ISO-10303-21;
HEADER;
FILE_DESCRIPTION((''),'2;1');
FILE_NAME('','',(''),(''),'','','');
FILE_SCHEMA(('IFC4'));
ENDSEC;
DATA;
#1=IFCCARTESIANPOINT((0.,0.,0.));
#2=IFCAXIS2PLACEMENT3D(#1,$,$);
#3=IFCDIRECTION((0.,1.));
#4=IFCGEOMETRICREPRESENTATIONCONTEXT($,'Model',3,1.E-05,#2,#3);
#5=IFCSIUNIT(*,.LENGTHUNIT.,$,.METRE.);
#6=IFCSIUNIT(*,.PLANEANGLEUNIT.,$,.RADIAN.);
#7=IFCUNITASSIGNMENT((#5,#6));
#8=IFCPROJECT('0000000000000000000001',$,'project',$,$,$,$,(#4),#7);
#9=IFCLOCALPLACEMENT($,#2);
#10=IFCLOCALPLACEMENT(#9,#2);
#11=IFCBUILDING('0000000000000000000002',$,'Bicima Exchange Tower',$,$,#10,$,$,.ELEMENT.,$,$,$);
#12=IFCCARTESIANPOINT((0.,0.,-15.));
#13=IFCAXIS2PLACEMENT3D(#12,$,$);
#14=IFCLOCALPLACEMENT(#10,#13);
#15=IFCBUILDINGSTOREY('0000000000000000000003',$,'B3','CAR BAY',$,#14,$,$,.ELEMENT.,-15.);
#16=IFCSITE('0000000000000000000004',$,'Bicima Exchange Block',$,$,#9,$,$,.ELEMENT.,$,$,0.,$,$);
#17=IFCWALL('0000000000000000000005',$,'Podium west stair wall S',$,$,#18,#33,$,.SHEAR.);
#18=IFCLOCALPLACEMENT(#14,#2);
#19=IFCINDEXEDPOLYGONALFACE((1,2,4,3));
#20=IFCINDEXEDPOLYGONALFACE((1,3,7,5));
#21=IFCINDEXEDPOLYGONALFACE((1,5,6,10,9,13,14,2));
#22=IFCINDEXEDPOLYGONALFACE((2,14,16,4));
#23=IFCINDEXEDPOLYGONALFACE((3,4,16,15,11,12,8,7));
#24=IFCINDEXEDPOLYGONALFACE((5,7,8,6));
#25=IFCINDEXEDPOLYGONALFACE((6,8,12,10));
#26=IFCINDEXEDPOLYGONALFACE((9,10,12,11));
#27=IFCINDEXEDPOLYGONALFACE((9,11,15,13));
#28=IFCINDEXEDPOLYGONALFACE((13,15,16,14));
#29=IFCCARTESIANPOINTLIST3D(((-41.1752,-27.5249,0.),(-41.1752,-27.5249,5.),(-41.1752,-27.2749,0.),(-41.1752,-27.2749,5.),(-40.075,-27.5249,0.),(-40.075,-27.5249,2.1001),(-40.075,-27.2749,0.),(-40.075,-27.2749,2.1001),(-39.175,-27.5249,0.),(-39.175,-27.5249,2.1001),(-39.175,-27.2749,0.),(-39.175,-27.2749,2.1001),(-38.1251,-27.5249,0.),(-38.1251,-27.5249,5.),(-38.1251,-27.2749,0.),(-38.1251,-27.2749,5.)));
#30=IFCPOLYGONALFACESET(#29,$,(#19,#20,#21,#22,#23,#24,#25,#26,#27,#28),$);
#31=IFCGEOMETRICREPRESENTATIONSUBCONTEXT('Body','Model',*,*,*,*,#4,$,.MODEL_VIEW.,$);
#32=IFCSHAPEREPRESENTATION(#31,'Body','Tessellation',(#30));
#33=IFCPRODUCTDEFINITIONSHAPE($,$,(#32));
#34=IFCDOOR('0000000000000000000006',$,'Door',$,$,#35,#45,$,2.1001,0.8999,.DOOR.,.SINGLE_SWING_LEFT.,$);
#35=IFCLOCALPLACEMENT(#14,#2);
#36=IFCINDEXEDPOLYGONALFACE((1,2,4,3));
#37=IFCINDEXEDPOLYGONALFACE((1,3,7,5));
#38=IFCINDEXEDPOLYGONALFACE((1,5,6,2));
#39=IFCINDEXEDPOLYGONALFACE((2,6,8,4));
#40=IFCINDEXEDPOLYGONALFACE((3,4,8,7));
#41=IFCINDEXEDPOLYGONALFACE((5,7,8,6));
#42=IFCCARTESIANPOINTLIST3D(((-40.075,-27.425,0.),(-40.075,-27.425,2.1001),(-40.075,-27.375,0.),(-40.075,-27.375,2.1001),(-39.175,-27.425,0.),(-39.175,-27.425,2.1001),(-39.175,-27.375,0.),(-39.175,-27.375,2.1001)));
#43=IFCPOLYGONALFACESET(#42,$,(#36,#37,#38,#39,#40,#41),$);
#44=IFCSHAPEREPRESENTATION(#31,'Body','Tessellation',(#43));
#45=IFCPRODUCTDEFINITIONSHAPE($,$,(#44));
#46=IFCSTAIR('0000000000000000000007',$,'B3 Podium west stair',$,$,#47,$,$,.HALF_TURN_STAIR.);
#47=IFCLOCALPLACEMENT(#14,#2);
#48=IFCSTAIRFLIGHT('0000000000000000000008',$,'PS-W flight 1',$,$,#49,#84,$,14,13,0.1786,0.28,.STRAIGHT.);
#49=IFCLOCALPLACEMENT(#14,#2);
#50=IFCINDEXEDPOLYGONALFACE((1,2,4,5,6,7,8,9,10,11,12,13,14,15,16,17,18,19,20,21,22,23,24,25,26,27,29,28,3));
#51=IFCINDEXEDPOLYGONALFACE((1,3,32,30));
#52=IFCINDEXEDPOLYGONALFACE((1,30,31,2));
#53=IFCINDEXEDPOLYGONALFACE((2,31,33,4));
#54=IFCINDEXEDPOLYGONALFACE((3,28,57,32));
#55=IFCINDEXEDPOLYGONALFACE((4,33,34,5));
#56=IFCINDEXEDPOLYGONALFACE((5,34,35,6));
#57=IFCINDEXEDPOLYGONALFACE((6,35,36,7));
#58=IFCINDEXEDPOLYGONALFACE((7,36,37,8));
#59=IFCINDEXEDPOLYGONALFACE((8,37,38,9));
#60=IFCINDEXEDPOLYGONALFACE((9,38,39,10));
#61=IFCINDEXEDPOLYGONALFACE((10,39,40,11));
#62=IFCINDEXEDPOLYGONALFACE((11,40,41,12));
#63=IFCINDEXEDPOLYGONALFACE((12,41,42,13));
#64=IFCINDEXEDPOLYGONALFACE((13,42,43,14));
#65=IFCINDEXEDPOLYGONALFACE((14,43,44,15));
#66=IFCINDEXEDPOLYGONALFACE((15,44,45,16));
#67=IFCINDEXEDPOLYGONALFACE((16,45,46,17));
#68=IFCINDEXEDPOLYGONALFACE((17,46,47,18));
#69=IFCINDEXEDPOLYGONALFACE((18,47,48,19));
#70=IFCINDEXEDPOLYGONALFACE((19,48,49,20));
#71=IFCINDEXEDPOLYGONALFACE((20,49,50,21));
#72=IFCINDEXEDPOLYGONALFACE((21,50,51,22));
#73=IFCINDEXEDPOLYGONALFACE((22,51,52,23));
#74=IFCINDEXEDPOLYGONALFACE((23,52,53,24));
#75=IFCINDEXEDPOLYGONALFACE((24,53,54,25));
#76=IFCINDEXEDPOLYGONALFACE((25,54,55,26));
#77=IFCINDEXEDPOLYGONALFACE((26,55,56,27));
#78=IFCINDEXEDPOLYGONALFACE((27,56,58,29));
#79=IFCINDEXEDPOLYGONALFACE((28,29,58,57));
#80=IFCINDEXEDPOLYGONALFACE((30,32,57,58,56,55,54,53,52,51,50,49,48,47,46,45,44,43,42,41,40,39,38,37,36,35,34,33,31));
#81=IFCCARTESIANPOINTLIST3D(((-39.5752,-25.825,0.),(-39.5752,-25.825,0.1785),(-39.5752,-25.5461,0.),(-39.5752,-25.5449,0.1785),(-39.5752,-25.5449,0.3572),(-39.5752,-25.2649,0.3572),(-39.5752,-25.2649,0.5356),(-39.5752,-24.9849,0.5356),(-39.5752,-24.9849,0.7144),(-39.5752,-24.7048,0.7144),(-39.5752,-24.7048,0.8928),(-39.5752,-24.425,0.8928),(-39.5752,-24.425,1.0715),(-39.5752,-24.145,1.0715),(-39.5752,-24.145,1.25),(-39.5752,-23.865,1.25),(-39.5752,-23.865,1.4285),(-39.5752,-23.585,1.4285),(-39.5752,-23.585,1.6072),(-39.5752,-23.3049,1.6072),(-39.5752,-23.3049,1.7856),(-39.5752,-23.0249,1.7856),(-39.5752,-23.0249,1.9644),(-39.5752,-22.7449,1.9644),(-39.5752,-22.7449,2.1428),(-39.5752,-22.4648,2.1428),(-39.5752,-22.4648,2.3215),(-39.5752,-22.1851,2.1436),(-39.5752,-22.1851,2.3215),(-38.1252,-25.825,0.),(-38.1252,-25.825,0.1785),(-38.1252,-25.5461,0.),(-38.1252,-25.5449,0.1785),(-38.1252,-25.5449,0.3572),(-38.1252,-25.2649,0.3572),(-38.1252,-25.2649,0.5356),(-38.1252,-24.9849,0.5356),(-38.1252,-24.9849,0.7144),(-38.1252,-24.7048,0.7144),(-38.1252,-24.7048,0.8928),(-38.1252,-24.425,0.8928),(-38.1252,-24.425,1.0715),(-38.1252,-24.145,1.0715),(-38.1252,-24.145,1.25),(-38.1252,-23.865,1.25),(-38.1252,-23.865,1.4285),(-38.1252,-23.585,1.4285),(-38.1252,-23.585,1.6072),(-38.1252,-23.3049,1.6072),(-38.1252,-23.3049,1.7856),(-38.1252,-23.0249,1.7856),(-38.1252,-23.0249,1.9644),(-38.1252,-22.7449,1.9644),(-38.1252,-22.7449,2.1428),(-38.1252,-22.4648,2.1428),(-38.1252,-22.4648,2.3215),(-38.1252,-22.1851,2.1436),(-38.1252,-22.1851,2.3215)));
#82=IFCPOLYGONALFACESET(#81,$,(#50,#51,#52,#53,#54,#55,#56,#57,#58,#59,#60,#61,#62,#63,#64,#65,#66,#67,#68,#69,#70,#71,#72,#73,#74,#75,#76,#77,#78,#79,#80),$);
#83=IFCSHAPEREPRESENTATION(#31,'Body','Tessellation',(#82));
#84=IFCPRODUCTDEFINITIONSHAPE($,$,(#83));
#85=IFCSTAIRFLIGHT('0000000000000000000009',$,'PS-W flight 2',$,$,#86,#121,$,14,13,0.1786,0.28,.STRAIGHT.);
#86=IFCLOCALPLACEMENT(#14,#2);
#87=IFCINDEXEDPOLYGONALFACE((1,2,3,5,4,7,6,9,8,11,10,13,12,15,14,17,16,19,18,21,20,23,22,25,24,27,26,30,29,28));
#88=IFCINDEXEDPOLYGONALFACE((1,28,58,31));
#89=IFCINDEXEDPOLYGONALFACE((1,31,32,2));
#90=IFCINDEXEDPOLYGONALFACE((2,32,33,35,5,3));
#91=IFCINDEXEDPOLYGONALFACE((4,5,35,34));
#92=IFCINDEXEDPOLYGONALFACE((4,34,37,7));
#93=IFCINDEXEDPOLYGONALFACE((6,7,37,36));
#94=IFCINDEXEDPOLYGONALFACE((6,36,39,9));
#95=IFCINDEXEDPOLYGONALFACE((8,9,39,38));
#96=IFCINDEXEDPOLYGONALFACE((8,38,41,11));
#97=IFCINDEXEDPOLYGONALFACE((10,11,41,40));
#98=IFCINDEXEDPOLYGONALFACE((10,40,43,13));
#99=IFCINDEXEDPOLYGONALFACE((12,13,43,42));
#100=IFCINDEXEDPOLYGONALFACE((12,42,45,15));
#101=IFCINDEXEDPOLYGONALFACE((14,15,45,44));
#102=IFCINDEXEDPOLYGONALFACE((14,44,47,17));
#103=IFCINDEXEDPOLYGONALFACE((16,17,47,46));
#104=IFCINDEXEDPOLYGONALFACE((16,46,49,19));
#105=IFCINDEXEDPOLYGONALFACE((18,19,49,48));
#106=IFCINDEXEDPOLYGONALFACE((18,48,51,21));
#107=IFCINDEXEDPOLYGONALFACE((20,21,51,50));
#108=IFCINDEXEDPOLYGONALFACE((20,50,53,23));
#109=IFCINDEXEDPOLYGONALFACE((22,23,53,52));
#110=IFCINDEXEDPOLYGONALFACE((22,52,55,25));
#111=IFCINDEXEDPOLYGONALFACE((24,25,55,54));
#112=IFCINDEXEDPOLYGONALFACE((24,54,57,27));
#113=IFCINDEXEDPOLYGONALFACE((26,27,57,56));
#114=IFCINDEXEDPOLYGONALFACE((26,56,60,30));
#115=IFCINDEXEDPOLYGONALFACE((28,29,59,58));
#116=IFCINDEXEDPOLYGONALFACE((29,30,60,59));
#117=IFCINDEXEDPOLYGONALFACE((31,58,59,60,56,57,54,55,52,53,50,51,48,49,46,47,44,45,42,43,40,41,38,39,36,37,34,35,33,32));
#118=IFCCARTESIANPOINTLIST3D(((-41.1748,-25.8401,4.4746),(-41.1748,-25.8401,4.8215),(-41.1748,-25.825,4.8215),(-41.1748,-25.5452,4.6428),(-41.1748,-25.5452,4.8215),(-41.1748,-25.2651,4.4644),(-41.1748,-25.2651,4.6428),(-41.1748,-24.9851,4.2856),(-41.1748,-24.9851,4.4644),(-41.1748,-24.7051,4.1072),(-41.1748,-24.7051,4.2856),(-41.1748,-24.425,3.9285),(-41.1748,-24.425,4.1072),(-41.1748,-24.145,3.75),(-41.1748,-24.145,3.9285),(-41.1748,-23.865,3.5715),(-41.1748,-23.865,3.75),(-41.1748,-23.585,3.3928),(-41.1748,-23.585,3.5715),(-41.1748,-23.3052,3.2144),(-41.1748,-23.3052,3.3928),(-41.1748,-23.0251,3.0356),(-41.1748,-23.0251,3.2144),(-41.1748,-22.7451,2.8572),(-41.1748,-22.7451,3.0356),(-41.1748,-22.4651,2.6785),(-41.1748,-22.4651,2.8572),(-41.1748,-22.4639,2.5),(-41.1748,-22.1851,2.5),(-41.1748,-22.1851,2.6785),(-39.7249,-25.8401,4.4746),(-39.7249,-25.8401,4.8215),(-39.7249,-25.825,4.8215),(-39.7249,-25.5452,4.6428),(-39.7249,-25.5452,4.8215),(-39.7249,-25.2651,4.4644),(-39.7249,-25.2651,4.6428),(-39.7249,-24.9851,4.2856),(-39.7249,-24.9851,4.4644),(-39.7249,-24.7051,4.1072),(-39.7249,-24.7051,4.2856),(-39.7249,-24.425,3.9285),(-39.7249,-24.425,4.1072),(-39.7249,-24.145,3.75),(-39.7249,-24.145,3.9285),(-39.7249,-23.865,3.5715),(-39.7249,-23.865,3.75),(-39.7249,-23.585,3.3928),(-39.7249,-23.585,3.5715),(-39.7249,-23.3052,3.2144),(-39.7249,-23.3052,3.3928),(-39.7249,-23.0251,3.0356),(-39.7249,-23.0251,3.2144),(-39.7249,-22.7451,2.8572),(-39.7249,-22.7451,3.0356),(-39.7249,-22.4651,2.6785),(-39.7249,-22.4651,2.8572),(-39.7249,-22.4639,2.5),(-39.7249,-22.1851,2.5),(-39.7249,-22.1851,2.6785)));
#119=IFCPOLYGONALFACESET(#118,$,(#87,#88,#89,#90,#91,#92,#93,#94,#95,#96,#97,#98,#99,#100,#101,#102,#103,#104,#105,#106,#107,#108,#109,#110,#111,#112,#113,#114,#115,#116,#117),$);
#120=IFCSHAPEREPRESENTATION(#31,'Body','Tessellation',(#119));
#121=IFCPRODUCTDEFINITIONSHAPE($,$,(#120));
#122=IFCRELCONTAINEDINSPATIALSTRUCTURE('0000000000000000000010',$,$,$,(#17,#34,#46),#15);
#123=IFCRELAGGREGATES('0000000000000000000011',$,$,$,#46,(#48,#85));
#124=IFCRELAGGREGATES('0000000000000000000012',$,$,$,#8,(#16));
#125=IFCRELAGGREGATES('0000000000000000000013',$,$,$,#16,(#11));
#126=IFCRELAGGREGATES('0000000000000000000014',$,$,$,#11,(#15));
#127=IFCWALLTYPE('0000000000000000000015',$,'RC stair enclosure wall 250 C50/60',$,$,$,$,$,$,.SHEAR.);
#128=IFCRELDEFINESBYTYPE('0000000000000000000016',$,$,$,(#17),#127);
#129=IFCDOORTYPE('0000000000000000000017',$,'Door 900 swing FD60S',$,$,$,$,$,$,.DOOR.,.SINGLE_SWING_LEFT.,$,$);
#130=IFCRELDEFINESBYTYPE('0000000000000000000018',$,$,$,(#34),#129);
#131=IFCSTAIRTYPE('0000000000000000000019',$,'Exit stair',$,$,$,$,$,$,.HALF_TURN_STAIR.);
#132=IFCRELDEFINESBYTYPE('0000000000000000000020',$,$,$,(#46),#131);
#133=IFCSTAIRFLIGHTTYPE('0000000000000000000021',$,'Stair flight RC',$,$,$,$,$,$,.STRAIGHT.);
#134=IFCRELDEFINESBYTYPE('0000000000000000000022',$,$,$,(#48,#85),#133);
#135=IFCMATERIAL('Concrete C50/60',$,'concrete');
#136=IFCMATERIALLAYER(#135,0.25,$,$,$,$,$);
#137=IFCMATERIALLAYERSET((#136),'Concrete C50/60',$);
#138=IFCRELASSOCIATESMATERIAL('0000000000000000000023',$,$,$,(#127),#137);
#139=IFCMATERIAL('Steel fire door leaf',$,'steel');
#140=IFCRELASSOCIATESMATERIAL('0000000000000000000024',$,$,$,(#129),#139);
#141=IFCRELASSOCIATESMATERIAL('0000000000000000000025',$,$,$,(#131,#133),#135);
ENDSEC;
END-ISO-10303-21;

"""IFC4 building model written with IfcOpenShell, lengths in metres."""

from ifc_helpers import new_model, si_unit, direction, frame, frame_2d, origin, place, context, subcontext, project, spatial, polyline, rectangle, outline, extrude, material, layer, layer_set, type_object, element, fill, aggregate, save


model = new_model("IFC4")

# Units and contexts
model_context = context("Model", 3, precision=1e-05, world=origin(), true_north=direction((0.0, 1.0)))
body_context = subcontext(model_context, "Body", "Model", "MODEL_VIEW")
ifc_project = project(units=[si_unit("LENGTHUNIT", "METRE"), si_unit("PLANEANGLEUNIT", "RADIAN")], contexts=[model_context])

# Site, building, storey
site_placement = place(None, origin())
site = spatial("IfcSite", under=ifc_project, at=site_placement, Name="Bicima Exchange Block", CompositionType="ELEMENT", RefElevation=0.0)
building_placement = place(site_placement, origin())
building = spatial("IfcBuilding", under=site, at=building_placement, Name="Bicima Exchange Tower", CompositionType="ELEMENT")
storey_placement = place(building_placement, frame((0.0, 0.0, -15.0)))
storey = spatial("IfcBuildingStorey", under=building, at=storey_placement, Name="B3", Description="CAR BAY", CompositionType="ELEMENT", Elevation=-15.0)

# Shared definitions
ifc_material_1 = material(Name="Steel fire door leaf", Category="steel")

# Shared definitions
ifc_material_2 = material(Name="Concrete C50/60", Category="concrete")
ifc_layer_1 = layer(ifc_material_2, 0.25)
ifc_layer_set_1 = layer_set([ifc_layer_1], Name="Concrete C50/60")
wall_type_1 = type_object("IfcWallType", Name="RC stair enclosure wall 250 C50/60", PredefinedType="SHEAR", material=ifc_layer_set_1)

# Wall, opening, door
wall_1_placement = place(storey_placement, frame((-41.175, -27.3999, 0.0), z_axis=(0.0, 0.0, 1.0), x_axis=(1.0, 0.0, 0.0)))
wall_1 = element("IfcWall", 1, at=wall_1_placement, inside=storey, type_object=wall_type_1, Name="Podium west stair wall S", PredefinedType="SHEAR", context=body_context, shape_type="SweptSolid", body=[
    extrude(rectangle(XDim=3.05, YDim=0.25, at=frame_2d((1.5249, 0.0))), origin(), (0.0, 0.0, 1.0), 5.0),
])
opening_1_placement = place(wall_1_placement, frame((1.1001, 0.0, 0.0)))
opening_1 = element("IfcOpeningElement", 2, at=opening_1_placement, cuts=wall_1, PredefinedType="OPENING", context=body_context, shape_type="SweptSolid", body=[
    extrude(rectangle(XDim=0.8999, YDim=2.1001, at=frame_2d((0.45, 1.05))), frame((0.0, 0.137, 0.0), z_axis=(0.0, -1.0, 0.0), x_axis=(1.0, 0.0, 0.0)), (0.0, 0.0, 1.0), 0.2739),
])
door_type_1 = type_object("IfcDoorType", Name="Door 900 swing FD60S", OperationType="SINGLE_SWING_LEFT", PredefinedType="DOOR", material=ifc_material_1)
door_1_placement = place(opening_1_placement, origin())
door_1 = element("IfcDoor", 3, at=door_1_placement, inside=storey, type_object=door_type_1, Name="Door", OperationType="SINGLE_SWING_LEFT", OverallHeight=2.1001, OverallWidth=0.8999, PredefinedType="DOOR", context=body_context, shape_type="SweptSolid", body=[
    extrude(rectangle(XDim=0.8999, YDim=2.1001, at=frame_2d((0.45, 1.05))), frame((0.0, 0.0249, 0.0), z_axis=(0.0, -1.0, 0.0), x_axis=(1.0, 0.0, 0.0)), (0.0, 0.0, 1.0), 0.05),
])
fill(opening_1, door_1)

# Stair, stair flights
stair_type = type_object("IfcStairType", Name="Exit stair", PredefinedType="HALF_TURN_STAIR", material=ifc_material_2)
stair_placement = place(storey_placement, origin())
stair = element("IfcStair", 4, at=stair_placement, inside=storey, type_object=stair_type, Name="B3 Podium west stair", PredefinedType="HALF_TURN_STAIR")
stair_flight_type = type_object("IfcStairFlightType", Name="Stair flight RC", PredefinedType="STRAIGHT", material=ifc_material_2)
stair_flight_1_placement = place(storey_placement, frame((-38.8501, -25.825, 0.0), z_axis=(0.0, 0.0, 1.0), x_axis=(0.0, 1.0, 0.0)))
stair_flight_1 = element("IfcStairFlight", 5, at=stair_flight_1_placement, type_object=stair_flight_type, Name="PS-W flight 1", NumberOfRisers=14, NumberOfTreads=13, PredefinedType="STRAIGHT", RiserHeight=0.1786, TreadLength=0.28, context=body_context, shape_type="SweptSolid", body=[
    extrude(outline(polyline([(0.0, 0.0), (0.0, 0.1785), (0.28, 0.1785), (0.28, 0.3572), (0.5601, 0.3572), (0.5601, 0.5356), (0.8401, 0.5356), (0.8401, 0.7144), (1.1201, 0.7144), (1.1201, 0.8928), (1.3999, 0.8928), (1.3999, 1.0715), (1.6799, 1.0715), (1.6799, 1.25), (1.96, 1.25), (1.96, 1.4285), (2.24, 1.4285), (2.24, 1.6072), (2.52, 1.6072), (2.52, 1.7856), (2.8, 1.7856), (2.8, 1.9644), (3.0801, 1.9644), (3.0801, 2.1428), (3.3601, 2.1428), (3.3601, 2.3215), (3.6399, 2.3215), (3.6399, 2.5), (3.6399, 2.1436), (0.2788, 0.0), (0.0, 0.0)])), frame((0.0, 0.7251, 0.0), z_axis=(0.0, -1.0, 0.0), x_axis=(1.0, 0.0, 0.0)), (0.0, 0.0, 1.0), 1.45),
])
stair_flight_2_placement = place(storey_placement, frame((-40.45, -22.1851, 2.5), z_axis=(0.0, 0.0, 1.0), x_axis=(0.0, -1.0, 0.0)))
stair_flight_2 = element("IfcStairFlight", 6, at=stair_flight_2_placement, type_object=stair_flight_type, Name="PS-W flight 2", NumberOfRisers=14, NumberOfTreads=13, PredefinedType="STRAIGHT", RiserHeight=0.1786, TreadLength=0.28, context=body_context, shape_type="SweptSolid", body=[
    extrude(outline(polyline([(0.0, 0.0), (0.0, 0.1785), (0.28, 0.1785), (0.28, 0.3572), (0.5601, 0.3572), (0.5601, 0.5356), (0.8401, 0.5356), (0.8401, 0.7144), (1.1201, 0.7144), (1.1201, 0.8928), (1.3999, 0.8928), (1.3999, 1.0715), (1.6799, 1.0715), (1.6799, 1.25), (1.96, 1.25), (1.96, 1.4285), (2.24, 1.4285), (2.24, 1.6072), (2.52, 1.6072), (2.52, 1.7856), (2.8, 1.7856), (2.8, 1.9644), (3.0801, 1.9644), (3.0801, 2.1428), (3.3601, 2.1428), (3.3601, 2.3215), (3.6399, 2.3215), (3.655, 2.3215), (3.655, 1.9746), (0.2788, 0.0), (0.0, 0.0)])), frame((0.0, 0.7251, 0.0), z_axis=(0.0, -1.0, 0.0), x_axis=(1.0, 0.0, 0.0)), (0.0, 0.0, 1.0), 1.45),
])
aggregate(stair, [stair_flight_1, stair_flight_2])

save(model, "model.ifc")
